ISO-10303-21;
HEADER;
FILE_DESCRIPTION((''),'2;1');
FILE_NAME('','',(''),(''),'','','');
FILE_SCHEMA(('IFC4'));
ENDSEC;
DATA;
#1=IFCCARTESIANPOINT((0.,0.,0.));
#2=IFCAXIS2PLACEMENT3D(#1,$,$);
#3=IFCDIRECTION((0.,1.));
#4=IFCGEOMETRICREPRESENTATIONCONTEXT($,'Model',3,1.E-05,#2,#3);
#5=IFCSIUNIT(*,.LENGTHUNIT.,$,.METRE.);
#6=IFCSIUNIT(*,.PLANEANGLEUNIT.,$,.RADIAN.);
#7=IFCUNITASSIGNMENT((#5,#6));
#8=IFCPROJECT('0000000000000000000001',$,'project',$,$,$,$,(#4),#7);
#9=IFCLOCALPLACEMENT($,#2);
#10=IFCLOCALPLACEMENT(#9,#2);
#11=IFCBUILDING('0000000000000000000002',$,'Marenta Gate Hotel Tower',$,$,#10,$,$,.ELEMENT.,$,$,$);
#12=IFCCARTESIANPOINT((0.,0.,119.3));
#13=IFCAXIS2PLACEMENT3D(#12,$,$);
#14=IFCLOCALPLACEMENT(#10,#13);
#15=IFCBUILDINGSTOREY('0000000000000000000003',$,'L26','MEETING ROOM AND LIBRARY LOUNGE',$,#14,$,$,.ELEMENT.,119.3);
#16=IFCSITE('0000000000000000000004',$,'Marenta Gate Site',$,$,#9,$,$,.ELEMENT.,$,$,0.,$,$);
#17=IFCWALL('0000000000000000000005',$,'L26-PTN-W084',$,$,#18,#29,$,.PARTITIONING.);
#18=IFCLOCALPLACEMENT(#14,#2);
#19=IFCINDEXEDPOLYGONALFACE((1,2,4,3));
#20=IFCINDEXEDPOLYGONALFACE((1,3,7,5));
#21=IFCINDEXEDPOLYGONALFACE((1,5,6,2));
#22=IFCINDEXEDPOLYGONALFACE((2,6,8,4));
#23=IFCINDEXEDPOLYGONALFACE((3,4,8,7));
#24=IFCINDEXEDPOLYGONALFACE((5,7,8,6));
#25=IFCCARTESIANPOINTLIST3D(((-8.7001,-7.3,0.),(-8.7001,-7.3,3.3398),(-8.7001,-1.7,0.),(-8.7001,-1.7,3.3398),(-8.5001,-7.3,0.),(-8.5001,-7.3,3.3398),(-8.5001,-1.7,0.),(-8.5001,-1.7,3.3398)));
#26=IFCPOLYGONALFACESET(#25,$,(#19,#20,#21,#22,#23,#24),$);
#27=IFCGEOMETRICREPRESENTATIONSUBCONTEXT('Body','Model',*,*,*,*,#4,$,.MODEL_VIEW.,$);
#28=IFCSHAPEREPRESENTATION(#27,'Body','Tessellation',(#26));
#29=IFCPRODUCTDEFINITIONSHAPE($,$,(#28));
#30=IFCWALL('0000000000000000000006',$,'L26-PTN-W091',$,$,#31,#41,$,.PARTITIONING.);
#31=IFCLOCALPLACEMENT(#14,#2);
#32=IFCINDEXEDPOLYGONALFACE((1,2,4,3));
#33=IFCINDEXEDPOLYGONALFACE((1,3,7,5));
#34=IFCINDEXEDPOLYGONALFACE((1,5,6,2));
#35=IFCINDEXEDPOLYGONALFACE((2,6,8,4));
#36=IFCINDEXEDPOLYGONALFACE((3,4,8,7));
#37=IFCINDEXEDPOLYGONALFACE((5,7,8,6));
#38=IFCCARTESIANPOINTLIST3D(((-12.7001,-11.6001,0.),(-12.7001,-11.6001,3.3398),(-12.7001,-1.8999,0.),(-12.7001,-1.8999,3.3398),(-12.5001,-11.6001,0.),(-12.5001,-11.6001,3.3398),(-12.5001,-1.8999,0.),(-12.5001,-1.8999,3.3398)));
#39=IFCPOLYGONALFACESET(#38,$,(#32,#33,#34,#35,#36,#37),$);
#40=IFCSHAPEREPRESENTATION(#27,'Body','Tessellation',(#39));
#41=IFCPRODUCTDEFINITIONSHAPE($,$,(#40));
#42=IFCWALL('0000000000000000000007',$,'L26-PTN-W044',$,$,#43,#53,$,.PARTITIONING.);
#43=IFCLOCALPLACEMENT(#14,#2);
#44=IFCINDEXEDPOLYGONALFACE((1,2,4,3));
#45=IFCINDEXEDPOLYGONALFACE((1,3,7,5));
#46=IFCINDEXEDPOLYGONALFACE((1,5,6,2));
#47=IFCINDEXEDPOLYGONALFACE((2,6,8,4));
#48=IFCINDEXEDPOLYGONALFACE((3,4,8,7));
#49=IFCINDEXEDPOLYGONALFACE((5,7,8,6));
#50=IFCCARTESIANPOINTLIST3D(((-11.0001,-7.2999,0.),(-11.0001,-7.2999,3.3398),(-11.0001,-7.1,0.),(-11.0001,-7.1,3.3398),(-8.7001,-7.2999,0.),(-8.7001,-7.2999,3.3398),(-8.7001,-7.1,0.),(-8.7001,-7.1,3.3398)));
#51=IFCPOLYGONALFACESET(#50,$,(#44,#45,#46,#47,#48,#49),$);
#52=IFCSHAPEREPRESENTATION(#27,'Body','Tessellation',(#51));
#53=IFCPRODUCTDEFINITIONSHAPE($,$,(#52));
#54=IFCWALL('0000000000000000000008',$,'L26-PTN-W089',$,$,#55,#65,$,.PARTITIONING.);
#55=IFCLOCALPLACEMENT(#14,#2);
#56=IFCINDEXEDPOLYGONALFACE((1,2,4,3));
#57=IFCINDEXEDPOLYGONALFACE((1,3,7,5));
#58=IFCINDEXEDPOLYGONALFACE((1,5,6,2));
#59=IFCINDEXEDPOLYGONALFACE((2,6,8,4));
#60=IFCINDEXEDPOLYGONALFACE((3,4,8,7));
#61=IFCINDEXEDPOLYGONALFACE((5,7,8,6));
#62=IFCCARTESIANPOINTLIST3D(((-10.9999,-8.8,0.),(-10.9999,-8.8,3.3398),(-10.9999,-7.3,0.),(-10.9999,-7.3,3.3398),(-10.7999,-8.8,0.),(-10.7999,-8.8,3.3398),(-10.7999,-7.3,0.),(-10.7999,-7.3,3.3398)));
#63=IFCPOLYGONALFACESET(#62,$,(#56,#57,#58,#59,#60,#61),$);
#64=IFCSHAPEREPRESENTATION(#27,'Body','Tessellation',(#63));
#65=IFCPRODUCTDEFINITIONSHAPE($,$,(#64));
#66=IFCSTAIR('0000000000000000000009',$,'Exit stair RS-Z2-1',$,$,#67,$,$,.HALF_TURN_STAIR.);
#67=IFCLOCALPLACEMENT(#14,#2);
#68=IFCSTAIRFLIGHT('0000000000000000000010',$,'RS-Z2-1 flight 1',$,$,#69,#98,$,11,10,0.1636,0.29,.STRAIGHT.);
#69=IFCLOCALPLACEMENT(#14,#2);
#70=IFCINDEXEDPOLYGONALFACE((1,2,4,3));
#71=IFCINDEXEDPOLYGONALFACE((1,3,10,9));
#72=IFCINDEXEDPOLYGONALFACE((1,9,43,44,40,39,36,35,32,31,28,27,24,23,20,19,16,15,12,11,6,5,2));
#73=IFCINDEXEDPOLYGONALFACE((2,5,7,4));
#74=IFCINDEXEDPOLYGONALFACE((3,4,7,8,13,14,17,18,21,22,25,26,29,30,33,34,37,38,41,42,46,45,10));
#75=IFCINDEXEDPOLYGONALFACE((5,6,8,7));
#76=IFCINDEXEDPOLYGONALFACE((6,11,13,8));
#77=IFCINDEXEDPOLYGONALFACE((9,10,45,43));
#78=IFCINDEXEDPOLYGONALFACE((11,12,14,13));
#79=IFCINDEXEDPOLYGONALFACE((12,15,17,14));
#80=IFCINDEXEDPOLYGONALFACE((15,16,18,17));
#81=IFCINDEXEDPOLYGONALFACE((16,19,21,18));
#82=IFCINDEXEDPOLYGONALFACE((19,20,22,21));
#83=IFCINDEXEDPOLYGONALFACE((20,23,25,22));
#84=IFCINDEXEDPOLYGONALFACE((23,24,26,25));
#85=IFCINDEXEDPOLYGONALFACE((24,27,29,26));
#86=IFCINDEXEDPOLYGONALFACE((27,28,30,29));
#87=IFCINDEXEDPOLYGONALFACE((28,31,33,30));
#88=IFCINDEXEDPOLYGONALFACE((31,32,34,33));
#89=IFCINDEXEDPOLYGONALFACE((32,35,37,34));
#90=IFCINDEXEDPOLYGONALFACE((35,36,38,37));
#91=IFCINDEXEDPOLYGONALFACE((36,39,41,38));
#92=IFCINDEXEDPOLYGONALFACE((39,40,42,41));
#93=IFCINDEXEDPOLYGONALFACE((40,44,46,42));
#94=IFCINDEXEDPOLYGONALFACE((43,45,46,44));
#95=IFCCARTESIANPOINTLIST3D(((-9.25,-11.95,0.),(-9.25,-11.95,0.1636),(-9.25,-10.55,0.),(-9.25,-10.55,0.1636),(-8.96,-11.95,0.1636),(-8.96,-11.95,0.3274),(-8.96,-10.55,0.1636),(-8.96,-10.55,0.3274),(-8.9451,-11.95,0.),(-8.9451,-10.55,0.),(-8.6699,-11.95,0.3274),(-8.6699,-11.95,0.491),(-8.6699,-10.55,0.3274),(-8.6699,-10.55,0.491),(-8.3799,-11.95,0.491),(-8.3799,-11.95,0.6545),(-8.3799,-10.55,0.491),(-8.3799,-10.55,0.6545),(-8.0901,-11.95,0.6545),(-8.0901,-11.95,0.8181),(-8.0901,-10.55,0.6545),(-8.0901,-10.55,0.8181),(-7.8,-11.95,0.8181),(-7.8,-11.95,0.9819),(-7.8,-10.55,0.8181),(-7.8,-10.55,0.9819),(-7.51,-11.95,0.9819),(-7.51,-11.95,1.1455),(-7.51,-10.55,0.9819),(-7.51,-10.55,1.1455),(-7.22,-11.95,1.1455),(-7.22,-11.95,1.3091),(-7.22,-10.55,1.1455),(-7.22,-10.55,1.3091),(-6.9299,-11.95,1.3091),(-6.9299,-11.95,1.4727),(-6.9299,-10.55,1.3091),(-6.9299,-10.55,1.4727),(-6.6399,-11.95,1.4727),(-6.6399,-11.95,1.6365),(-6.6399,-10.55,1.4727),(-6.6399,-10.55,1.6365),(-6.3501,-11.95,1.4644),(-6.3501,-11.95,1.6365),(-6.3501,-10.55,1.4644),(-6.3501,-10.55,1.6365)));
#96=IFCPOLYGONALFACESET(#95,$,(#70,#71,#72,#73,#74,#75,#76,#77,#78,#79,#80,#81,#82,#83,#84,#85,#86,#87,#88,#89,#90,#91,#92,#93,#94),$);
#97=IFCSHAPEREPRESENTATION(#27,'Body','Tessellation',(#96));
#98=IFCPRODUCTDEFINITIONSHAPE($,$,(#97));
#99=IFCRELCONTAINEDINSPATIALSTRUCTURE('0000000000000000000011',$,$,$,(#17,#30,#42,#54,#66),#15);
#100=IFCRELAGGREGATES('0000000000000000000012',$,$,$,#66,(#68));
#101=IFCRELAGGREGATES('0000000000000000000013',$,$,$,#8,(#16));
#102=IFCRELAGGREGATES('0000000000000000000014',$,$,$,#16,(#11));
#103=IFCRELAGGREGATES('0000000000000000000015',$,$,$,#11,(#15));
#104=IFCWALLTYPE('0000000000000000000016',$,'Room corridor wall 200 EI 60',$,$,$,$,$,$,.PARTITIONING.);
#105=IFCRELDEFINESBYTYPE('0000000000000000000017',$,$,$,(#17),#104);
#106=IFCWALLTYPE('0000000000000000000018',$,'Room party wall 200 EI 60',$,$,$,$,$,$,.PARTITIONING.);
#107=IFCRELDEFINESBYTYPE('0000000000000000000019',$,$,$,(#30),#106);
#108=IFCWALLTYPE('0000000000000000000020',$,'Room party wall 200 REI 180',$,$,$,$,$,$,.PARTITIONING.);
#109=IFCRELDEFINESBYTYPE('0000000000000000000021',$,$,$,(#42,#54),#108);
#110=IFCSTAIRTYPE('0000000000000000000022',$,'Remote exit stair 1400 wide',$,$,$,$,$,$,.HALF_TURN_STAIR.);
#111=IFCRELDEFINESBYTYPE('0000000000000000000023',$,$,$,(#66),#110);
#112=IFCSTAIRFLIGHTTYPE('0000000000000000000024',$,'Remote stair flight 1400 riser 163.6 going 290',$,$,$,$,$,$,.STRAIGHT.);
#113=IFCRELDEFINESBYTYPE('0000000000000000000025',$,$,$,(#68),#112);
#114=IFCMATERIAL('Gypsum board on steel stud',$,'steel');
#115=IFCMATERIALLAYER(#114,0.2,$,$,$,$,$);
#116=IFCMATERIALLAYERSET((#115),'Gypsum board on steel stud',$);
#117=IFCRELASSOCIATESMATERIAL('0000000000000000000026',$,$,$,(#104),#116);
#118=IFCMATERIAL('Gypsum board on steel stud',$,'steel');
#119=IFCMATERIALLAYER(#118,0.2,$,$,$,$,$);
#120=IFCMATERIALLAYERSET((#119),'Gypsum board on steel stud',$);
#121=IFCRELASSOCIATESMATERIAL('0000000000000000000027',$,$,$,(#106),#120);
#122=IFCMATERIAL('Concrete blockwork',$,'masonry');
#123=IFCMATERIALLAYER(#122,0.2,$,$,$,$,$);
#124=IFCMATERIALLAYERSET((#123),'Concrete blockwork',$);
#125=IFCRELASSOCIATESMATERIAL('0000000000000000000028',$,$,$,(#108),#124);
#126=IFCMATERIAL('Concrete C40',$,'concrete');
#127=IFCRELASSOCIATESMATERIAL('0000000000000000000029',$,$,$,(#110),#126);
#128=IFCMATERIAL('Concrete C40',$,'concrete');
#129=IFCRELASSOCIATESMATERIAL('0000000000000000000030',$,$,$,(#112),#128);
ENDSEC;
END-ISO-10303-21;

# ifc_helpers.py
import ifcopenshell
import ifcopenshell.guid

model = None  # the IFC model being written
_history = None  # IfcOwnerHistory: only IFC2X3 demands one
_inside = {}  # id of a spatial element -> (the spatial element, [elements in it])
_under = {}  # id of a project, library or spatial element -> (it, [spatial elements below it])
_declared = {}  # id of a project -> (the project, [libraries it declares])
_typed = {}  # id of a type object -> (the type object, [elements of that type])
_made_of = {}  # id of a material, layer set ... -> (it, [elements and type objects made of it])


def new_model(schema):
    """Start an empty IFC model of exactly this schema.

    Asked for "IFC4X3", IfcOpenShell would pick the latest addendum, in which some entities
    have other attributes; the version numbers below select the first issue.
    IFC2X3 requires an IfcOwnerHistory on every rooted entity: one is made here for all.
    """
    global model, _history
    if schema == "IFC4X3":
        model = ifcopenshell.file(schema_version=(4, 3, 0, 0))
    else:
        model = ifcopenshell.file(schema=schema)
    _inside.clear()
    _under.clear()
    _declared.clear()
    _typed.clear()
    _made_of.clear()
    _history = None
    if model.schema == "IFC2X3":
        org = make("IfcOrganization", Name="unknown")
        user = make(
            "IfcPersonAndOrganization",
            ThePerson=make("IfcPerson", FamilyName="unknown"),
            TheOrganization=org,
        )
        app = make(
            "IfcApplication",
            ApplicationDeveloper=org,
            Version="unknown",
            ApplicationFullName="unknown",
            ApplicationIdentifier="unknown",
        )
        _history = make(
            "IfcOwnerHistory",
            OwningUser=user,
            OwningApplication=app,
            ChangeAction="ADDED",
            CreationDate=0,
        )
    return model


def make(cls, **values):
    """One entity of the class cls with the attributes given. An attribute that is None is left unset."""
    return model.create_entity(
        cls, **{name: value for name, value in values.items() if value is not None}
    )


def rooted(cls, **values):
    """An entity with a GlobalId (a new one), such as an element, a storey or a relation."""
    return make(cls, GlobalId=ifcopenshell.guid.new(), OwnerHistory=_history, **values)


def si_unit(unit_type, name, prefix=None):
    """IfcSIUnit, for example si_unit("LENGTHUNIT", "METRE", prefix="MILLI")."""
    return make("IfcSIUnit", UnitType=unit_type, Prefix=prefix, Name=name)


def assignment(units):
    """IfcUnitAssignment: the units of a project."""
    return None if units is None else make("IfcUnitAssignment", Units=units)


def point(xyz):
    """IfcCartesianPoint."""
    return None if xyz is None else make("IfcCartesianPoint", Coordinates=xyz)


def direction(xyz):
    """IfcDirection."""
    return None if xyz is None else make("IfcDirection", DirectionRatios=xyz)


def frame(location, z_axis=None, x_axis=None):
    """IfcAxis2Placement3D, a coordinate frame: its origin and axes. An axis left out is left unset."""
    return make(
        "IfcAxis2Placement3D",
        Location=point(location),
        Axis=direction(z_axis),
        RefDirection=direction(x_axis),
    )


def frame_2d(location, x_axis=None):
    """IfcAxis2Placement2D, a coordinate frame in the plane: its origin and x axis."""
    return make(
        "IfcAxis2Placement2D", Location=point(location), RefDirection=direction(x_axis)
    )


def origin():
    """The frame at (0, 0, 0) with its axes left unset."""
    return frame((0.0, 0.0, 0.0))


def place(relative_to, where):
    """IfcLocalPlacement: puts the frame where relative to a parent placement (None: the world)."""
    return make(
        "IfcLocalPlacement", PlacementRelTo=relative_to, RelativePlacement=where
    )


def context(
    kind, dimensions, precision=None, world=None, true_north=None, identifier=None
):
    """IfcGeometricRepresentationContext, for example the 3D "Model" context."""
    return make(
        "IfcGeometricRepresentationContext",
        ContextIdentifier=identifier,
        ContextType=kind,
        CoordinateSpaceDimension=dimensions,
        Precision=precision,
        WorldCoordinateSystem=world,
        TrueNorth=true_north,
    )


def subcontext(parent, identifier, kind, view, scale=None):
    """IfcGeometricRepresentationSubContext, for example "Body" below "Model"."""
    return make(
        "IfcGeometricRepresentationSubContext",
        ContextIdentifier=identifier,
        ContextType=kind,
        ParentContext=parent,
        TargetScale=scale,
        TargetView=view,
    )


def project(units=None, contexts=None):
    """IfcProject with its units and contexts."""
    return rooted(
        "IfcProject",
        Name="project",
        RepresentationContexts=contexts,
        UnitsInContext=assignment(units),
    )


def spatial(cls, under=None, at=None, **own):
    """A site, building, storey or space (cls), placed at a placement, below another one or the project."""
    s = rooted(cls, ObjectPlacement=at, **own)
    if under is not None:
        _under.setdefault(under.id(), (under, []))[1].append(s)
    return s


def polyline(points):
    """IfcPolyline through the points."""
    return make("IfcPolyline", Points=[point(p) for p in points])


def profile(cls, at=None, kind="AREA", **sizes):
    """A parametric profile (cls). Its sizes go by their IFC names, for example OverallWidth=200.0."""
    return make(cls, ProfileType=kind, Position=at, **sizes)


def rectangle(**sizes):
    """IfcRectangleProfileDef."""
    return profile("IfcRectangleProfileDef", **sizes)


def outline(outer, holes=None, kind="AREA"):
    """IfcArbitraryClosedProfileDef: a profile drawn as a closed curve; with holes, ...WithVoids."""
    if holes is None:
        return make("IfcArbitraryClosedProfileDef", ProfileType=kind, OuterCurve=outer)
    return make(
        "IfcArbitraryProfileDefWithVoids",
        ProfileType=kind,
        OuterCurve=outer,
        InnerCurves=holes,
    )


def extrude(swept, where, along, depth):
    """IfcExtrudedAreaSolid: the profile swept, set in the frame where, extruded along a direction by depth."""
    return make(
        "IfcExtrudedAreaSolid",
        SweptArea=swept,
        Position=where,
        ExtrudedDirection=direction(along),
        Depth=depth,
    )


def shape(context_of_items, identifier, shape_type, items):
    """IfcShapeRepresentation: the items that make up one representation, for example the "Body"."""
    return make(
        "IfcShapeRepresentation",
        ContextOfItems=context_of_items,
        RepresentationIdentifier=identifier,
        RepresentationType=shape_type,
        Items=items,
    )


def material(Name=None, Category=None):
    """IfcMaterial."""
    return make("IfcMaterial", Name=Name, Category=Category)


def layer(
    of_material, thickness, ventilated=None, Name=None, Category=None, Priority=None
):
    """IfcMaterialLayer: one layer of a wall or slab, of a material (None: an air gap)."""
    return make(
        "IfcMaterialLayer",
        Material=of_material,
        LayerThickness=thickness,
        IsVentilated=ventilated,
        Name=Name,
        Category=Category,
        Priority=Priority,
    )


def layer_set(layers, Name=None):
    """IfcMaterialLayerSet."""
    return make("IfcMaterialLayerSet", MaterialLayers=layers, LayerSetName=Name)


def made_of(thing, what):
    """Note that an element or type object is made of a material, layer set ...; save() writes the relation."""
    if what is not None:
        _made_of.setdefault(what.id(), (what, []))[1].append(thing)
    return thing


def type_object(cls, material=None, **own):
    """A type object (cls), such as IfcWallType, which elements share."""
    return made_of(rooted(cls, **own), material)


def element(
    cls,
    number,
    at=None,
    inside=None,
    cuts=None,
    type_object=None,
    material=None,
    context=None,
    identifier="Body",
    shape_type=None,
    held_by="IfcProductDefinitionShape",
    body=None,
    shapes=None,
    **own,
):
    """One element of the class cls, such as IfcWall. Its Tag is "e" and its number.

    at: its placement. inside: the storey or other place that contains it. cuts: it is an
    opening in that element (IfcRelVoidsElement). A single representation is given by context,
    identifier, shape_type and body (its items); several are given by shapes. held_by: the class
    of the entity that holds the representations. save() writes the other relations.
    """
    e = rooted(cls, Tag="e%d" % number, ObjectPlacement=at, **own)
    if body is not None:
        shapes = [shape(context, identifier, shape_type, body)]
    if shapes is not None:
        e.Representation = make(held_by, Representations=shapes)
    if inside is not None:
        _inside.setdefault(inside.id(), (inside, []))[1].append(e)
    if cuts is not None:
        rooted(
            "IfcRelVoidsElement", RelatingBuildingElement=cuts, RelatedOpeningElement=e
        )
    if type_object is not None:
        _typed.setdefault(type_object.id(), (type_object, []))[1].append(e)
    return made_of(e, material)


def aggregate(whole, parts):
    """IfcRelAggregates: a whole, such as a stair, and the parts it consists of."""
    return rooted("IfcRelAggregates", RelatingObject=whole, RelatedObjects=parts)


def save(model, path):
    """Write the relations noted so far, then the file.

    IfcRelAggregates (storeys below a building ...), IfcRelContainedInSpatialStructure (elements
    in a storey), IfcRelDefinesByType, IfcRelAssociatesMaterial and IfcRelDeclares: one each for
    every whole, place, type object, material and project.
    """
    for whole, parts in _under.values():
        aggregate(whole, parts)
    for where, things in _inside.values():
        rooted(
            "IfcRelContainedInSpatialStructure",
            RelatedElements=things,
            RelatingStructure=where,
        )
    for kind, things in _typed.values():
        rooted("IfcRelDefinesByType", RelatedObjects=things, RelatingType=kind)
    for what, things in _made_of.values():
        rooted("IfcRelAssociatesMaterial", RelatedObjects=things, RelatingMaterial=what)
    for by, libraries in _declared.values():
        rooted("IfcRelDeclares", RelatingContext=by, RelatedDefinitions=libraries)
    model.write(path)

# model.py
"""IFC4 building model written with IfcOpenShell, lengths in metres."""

from ifc_helpers import new_model, si_unit, direction, frame, frame_2d, origin, place, context, subcontext, project, spatial, polyline, rectangle, outline, extrude, material, layer, layer_set, type_object, element, aggregate, save


model = new_model("IFC4")

# Units and contexts
model_context = context("Model", 3, precision=1e-05, world=origin(), true_north=direction((0.0, 1.0)))
body_context = subcontext(model_context, "Body", "Model", "MODEL_VIEW")
ifc_project = project(units=[si_unit("LENGTHUNIT", "METRE"), si_unit("PLANEANGLEUNIT", "RADIAN")], contexts=[model_context])

# Site, building, storey
site_placement = place(None, origin())
site = spatial("IfcSite", under=ifc_project, at=site_placement, Name="Marenta Gate Site", CompositionType="ELEMENT", RefElevation=0.0)
building_placement = place(site_placement, origin())
building = spatial("IfcBuilding", under=site, at=building_placement, Name="Marenta Gate Hotel Tower", CompositionType="ELEMENT")
storey_placement = place(building_placement, frame((0.0, 0.0, 119.3)))
storey = spatial("IfcBuildingStorey", under=building, at=storey_placement, Name="L26", Description="MEETING ROOM AND LIBRARY LOUNGE", CompositionType="ELEMENT", Elevation=119.3)

# Walls
ifc_material_1 = material(Name="Gypsum board on steel stud", Category="steel")
ifc_layer_1 = layer(ifc_material_1, 0.2)
ifc_layer_set_1 = layer_set([ifc_layer_1], Name="Gypsum board on steel stud")
wall_type_1 = type_object("IfcWallType", Name="Room corridor wall 200 EI 60", PredefinedType="PARTITIONING", material=ifc_layer_set_1)
wall_1_placement = place(storey_placement, frame((-8.6001, -7.3, 0.0), z_axis=(0.0, 0.0, 1.0), x_axis=(0.0, 1.0, 0.0)))
element("IfcWall", 1, at=wall_1_placement, inside=storey, type_object=wall_type_1, Name="L26-PTN-W084", PredefinedType="PARTITIONING", context=body_context, shape_type="SweptSolid", body=[
    extrude(rectangle(XDim=5.6001, YDim=0.2, at=frame_2d((2.8, 0.0))), origin(), (0.0, 0.0, 1.0), 3.3398),
])
ifc_material_2 = material(Name="Gypsum board on steel stud", Category="steel")
ifc_layer_2 = layer(ifc_material_2, 0.2)
ifc_layer_set_2 = layer_set([ifc_layer_2], Name="Gypsum board on steel stud")
wall_type_2 = type_object("IfcWallType", Name="Room party wall 200 EI 60", PredefinedType="PARTITIONING", material=ifc_layer_set_2)
wall_2_placement = place(storey_placement, frame((-12.6001, -11.6001, 0.0), z_axis=(0.0, 0.0, 1.0), x_axis=(0.0, 1.0, 0.0)))
element("IfcWall", 2, at=wall_2_placement, inside=storey, type_object=wall_type_2, Name="L26-PTN-W091", PredefinedType="PARTITIONING", context=body_context, shape_type="SweptSolid", body=[
    extrude(rectangle(XDim=9.7002, YDim=0.2, at=frame_2d((4.8501, 0.0))), origin(), (0.0, 0.0, 1.0), 3.3398),
])
ifc_material_3 = material(Name="Concrete blockwork", Category="masonry")
ifc_layer_3 = layer(ifc_material_3, 0.2)
ifc_layer_set_3 = layer_set([ifc_layer_3], Name="Concrete blockwork")
wall_type_3 = type_object("IfcWallType", Name="Room party wall 200 REI 180", PredefinedType="PARTITIONING", material=ifc_layer_set_3)
wall_3_placement = place(storey_placement, frame((-11.0, -7.2, 0.0), z_axis=(0.0, 0.0, 1.0), x_axis=(1.0, 0.0, 0.0)))
element("IfcWall", 3, at=wall_3_placement, inside=storey, type_object=wall_type_3, Name="L26-PTN-W044", PredefinedType="PARTITIONING", context=body_context, shape_type="SweptSolid", body=[
    extrude(rectangle(XDim=2.3, YDim=0.2, at=frame_2d((1.1499, 0.0))), origin(), (0.0, 0.0, 1.0), 3.3398),
])
wall_4_placement = place(storey_placement, frame((-10.8999, -8.8, 0.0), z_axis=(0.0, 0.0, 1.0), x_axis=(0.0, 1.0, 0.0)))
element("IfcWall", 4, at=wall_4_placement, inside=storey, type_object=wall_type_3, Name="L26-PTN-W089", PredefinedType="PARTITIONING", context=body_context, shape_type="SweptSolid", body=[
    extrude(rectangle(XDim=1.5, YDim=0.2, at=frame_2d((0.75, 0.0))), origin(), (0.0, 0.0, 1.0), 3.3398),
])

# Stair, stair flight
ifc_material_4 = material(Name="Concrete C40", Category="concrete")
stair_type = type_object("IfcStairType", Name="Remote exit stair 1400 wide", PredefinedType="HALF_TURN_STAIR", material=ifc_material_4)
stair_placement = place(storey_placement, origin())
stair = element("IfcStair", 5, at=stair_placement, inside=storey, type_object=stair_type, Name="Exit stair RS-Z2-1", PredefinedType="HALF_TURN_STAIR")
ifc_material_5 = material(Name="Concrete C40", Category="concrete")
stair_flight_type = type_object("IfcStairFlightType", Name="Remote stair flight 1400 riser 163.6 going 290", PredefinedType="STRAIGHT", material=ifc_material_5)
stair_flight_placement = place(storey_placement, frame((-9.25, -11.25, 0.0), z_axis=(0.0, 0.0, 1.0), x_axis=(1.0, 0.0, 0.0)))
stair_flight = element("IfcStairFlight", 6, at=stair_flight_placement, type_object=stair_flight_type, Name="RS-Z2-1 flight 1", NumberOfRisers=11, NumberOfTreads=10, PredefinedType="STRAIGHT", RiserHeight=0.1636, TreadLength=0.29, context=body_context, shape_type="SweptSolid", body=[
    extrude(outline(polyline([(0.0, 0.0), (0.0, 0.1636), (0.29, 0.1636), (0.29, 0.3274), (0.5801, 0.3274), (0.5801, 0.491), (0.8701, 0.491), (0.8701, 0.6545), (1.1599, 0.6545), (1.1599, 0.8181), (1.45, 0.8181), (1.45, 0.9819), (1.74, 0.9819), (1.74, 1.1455), (2.03, 1.1455), (2.03, 1.3091), (2.3201, 1.3091), (2.3201, 1.4727), (2.6101, 1.4727), (2.6101, 1.6365), (2.8999, 1.6365), (2.8999, 1.8), (2.8999, 1.4644), (0.3049, 0.0), (0.0, 0.0)])), frame((0.0, 0.7, 0.0), z_axis=(0.0, -1.0, 0.0), x_axis=(1.0, 0.0, 0.0)), (0.0, 0.0, 1.0), 1.3999),
])
aggregate(stair, [stair_flight])

save(model, "model.ifc")
